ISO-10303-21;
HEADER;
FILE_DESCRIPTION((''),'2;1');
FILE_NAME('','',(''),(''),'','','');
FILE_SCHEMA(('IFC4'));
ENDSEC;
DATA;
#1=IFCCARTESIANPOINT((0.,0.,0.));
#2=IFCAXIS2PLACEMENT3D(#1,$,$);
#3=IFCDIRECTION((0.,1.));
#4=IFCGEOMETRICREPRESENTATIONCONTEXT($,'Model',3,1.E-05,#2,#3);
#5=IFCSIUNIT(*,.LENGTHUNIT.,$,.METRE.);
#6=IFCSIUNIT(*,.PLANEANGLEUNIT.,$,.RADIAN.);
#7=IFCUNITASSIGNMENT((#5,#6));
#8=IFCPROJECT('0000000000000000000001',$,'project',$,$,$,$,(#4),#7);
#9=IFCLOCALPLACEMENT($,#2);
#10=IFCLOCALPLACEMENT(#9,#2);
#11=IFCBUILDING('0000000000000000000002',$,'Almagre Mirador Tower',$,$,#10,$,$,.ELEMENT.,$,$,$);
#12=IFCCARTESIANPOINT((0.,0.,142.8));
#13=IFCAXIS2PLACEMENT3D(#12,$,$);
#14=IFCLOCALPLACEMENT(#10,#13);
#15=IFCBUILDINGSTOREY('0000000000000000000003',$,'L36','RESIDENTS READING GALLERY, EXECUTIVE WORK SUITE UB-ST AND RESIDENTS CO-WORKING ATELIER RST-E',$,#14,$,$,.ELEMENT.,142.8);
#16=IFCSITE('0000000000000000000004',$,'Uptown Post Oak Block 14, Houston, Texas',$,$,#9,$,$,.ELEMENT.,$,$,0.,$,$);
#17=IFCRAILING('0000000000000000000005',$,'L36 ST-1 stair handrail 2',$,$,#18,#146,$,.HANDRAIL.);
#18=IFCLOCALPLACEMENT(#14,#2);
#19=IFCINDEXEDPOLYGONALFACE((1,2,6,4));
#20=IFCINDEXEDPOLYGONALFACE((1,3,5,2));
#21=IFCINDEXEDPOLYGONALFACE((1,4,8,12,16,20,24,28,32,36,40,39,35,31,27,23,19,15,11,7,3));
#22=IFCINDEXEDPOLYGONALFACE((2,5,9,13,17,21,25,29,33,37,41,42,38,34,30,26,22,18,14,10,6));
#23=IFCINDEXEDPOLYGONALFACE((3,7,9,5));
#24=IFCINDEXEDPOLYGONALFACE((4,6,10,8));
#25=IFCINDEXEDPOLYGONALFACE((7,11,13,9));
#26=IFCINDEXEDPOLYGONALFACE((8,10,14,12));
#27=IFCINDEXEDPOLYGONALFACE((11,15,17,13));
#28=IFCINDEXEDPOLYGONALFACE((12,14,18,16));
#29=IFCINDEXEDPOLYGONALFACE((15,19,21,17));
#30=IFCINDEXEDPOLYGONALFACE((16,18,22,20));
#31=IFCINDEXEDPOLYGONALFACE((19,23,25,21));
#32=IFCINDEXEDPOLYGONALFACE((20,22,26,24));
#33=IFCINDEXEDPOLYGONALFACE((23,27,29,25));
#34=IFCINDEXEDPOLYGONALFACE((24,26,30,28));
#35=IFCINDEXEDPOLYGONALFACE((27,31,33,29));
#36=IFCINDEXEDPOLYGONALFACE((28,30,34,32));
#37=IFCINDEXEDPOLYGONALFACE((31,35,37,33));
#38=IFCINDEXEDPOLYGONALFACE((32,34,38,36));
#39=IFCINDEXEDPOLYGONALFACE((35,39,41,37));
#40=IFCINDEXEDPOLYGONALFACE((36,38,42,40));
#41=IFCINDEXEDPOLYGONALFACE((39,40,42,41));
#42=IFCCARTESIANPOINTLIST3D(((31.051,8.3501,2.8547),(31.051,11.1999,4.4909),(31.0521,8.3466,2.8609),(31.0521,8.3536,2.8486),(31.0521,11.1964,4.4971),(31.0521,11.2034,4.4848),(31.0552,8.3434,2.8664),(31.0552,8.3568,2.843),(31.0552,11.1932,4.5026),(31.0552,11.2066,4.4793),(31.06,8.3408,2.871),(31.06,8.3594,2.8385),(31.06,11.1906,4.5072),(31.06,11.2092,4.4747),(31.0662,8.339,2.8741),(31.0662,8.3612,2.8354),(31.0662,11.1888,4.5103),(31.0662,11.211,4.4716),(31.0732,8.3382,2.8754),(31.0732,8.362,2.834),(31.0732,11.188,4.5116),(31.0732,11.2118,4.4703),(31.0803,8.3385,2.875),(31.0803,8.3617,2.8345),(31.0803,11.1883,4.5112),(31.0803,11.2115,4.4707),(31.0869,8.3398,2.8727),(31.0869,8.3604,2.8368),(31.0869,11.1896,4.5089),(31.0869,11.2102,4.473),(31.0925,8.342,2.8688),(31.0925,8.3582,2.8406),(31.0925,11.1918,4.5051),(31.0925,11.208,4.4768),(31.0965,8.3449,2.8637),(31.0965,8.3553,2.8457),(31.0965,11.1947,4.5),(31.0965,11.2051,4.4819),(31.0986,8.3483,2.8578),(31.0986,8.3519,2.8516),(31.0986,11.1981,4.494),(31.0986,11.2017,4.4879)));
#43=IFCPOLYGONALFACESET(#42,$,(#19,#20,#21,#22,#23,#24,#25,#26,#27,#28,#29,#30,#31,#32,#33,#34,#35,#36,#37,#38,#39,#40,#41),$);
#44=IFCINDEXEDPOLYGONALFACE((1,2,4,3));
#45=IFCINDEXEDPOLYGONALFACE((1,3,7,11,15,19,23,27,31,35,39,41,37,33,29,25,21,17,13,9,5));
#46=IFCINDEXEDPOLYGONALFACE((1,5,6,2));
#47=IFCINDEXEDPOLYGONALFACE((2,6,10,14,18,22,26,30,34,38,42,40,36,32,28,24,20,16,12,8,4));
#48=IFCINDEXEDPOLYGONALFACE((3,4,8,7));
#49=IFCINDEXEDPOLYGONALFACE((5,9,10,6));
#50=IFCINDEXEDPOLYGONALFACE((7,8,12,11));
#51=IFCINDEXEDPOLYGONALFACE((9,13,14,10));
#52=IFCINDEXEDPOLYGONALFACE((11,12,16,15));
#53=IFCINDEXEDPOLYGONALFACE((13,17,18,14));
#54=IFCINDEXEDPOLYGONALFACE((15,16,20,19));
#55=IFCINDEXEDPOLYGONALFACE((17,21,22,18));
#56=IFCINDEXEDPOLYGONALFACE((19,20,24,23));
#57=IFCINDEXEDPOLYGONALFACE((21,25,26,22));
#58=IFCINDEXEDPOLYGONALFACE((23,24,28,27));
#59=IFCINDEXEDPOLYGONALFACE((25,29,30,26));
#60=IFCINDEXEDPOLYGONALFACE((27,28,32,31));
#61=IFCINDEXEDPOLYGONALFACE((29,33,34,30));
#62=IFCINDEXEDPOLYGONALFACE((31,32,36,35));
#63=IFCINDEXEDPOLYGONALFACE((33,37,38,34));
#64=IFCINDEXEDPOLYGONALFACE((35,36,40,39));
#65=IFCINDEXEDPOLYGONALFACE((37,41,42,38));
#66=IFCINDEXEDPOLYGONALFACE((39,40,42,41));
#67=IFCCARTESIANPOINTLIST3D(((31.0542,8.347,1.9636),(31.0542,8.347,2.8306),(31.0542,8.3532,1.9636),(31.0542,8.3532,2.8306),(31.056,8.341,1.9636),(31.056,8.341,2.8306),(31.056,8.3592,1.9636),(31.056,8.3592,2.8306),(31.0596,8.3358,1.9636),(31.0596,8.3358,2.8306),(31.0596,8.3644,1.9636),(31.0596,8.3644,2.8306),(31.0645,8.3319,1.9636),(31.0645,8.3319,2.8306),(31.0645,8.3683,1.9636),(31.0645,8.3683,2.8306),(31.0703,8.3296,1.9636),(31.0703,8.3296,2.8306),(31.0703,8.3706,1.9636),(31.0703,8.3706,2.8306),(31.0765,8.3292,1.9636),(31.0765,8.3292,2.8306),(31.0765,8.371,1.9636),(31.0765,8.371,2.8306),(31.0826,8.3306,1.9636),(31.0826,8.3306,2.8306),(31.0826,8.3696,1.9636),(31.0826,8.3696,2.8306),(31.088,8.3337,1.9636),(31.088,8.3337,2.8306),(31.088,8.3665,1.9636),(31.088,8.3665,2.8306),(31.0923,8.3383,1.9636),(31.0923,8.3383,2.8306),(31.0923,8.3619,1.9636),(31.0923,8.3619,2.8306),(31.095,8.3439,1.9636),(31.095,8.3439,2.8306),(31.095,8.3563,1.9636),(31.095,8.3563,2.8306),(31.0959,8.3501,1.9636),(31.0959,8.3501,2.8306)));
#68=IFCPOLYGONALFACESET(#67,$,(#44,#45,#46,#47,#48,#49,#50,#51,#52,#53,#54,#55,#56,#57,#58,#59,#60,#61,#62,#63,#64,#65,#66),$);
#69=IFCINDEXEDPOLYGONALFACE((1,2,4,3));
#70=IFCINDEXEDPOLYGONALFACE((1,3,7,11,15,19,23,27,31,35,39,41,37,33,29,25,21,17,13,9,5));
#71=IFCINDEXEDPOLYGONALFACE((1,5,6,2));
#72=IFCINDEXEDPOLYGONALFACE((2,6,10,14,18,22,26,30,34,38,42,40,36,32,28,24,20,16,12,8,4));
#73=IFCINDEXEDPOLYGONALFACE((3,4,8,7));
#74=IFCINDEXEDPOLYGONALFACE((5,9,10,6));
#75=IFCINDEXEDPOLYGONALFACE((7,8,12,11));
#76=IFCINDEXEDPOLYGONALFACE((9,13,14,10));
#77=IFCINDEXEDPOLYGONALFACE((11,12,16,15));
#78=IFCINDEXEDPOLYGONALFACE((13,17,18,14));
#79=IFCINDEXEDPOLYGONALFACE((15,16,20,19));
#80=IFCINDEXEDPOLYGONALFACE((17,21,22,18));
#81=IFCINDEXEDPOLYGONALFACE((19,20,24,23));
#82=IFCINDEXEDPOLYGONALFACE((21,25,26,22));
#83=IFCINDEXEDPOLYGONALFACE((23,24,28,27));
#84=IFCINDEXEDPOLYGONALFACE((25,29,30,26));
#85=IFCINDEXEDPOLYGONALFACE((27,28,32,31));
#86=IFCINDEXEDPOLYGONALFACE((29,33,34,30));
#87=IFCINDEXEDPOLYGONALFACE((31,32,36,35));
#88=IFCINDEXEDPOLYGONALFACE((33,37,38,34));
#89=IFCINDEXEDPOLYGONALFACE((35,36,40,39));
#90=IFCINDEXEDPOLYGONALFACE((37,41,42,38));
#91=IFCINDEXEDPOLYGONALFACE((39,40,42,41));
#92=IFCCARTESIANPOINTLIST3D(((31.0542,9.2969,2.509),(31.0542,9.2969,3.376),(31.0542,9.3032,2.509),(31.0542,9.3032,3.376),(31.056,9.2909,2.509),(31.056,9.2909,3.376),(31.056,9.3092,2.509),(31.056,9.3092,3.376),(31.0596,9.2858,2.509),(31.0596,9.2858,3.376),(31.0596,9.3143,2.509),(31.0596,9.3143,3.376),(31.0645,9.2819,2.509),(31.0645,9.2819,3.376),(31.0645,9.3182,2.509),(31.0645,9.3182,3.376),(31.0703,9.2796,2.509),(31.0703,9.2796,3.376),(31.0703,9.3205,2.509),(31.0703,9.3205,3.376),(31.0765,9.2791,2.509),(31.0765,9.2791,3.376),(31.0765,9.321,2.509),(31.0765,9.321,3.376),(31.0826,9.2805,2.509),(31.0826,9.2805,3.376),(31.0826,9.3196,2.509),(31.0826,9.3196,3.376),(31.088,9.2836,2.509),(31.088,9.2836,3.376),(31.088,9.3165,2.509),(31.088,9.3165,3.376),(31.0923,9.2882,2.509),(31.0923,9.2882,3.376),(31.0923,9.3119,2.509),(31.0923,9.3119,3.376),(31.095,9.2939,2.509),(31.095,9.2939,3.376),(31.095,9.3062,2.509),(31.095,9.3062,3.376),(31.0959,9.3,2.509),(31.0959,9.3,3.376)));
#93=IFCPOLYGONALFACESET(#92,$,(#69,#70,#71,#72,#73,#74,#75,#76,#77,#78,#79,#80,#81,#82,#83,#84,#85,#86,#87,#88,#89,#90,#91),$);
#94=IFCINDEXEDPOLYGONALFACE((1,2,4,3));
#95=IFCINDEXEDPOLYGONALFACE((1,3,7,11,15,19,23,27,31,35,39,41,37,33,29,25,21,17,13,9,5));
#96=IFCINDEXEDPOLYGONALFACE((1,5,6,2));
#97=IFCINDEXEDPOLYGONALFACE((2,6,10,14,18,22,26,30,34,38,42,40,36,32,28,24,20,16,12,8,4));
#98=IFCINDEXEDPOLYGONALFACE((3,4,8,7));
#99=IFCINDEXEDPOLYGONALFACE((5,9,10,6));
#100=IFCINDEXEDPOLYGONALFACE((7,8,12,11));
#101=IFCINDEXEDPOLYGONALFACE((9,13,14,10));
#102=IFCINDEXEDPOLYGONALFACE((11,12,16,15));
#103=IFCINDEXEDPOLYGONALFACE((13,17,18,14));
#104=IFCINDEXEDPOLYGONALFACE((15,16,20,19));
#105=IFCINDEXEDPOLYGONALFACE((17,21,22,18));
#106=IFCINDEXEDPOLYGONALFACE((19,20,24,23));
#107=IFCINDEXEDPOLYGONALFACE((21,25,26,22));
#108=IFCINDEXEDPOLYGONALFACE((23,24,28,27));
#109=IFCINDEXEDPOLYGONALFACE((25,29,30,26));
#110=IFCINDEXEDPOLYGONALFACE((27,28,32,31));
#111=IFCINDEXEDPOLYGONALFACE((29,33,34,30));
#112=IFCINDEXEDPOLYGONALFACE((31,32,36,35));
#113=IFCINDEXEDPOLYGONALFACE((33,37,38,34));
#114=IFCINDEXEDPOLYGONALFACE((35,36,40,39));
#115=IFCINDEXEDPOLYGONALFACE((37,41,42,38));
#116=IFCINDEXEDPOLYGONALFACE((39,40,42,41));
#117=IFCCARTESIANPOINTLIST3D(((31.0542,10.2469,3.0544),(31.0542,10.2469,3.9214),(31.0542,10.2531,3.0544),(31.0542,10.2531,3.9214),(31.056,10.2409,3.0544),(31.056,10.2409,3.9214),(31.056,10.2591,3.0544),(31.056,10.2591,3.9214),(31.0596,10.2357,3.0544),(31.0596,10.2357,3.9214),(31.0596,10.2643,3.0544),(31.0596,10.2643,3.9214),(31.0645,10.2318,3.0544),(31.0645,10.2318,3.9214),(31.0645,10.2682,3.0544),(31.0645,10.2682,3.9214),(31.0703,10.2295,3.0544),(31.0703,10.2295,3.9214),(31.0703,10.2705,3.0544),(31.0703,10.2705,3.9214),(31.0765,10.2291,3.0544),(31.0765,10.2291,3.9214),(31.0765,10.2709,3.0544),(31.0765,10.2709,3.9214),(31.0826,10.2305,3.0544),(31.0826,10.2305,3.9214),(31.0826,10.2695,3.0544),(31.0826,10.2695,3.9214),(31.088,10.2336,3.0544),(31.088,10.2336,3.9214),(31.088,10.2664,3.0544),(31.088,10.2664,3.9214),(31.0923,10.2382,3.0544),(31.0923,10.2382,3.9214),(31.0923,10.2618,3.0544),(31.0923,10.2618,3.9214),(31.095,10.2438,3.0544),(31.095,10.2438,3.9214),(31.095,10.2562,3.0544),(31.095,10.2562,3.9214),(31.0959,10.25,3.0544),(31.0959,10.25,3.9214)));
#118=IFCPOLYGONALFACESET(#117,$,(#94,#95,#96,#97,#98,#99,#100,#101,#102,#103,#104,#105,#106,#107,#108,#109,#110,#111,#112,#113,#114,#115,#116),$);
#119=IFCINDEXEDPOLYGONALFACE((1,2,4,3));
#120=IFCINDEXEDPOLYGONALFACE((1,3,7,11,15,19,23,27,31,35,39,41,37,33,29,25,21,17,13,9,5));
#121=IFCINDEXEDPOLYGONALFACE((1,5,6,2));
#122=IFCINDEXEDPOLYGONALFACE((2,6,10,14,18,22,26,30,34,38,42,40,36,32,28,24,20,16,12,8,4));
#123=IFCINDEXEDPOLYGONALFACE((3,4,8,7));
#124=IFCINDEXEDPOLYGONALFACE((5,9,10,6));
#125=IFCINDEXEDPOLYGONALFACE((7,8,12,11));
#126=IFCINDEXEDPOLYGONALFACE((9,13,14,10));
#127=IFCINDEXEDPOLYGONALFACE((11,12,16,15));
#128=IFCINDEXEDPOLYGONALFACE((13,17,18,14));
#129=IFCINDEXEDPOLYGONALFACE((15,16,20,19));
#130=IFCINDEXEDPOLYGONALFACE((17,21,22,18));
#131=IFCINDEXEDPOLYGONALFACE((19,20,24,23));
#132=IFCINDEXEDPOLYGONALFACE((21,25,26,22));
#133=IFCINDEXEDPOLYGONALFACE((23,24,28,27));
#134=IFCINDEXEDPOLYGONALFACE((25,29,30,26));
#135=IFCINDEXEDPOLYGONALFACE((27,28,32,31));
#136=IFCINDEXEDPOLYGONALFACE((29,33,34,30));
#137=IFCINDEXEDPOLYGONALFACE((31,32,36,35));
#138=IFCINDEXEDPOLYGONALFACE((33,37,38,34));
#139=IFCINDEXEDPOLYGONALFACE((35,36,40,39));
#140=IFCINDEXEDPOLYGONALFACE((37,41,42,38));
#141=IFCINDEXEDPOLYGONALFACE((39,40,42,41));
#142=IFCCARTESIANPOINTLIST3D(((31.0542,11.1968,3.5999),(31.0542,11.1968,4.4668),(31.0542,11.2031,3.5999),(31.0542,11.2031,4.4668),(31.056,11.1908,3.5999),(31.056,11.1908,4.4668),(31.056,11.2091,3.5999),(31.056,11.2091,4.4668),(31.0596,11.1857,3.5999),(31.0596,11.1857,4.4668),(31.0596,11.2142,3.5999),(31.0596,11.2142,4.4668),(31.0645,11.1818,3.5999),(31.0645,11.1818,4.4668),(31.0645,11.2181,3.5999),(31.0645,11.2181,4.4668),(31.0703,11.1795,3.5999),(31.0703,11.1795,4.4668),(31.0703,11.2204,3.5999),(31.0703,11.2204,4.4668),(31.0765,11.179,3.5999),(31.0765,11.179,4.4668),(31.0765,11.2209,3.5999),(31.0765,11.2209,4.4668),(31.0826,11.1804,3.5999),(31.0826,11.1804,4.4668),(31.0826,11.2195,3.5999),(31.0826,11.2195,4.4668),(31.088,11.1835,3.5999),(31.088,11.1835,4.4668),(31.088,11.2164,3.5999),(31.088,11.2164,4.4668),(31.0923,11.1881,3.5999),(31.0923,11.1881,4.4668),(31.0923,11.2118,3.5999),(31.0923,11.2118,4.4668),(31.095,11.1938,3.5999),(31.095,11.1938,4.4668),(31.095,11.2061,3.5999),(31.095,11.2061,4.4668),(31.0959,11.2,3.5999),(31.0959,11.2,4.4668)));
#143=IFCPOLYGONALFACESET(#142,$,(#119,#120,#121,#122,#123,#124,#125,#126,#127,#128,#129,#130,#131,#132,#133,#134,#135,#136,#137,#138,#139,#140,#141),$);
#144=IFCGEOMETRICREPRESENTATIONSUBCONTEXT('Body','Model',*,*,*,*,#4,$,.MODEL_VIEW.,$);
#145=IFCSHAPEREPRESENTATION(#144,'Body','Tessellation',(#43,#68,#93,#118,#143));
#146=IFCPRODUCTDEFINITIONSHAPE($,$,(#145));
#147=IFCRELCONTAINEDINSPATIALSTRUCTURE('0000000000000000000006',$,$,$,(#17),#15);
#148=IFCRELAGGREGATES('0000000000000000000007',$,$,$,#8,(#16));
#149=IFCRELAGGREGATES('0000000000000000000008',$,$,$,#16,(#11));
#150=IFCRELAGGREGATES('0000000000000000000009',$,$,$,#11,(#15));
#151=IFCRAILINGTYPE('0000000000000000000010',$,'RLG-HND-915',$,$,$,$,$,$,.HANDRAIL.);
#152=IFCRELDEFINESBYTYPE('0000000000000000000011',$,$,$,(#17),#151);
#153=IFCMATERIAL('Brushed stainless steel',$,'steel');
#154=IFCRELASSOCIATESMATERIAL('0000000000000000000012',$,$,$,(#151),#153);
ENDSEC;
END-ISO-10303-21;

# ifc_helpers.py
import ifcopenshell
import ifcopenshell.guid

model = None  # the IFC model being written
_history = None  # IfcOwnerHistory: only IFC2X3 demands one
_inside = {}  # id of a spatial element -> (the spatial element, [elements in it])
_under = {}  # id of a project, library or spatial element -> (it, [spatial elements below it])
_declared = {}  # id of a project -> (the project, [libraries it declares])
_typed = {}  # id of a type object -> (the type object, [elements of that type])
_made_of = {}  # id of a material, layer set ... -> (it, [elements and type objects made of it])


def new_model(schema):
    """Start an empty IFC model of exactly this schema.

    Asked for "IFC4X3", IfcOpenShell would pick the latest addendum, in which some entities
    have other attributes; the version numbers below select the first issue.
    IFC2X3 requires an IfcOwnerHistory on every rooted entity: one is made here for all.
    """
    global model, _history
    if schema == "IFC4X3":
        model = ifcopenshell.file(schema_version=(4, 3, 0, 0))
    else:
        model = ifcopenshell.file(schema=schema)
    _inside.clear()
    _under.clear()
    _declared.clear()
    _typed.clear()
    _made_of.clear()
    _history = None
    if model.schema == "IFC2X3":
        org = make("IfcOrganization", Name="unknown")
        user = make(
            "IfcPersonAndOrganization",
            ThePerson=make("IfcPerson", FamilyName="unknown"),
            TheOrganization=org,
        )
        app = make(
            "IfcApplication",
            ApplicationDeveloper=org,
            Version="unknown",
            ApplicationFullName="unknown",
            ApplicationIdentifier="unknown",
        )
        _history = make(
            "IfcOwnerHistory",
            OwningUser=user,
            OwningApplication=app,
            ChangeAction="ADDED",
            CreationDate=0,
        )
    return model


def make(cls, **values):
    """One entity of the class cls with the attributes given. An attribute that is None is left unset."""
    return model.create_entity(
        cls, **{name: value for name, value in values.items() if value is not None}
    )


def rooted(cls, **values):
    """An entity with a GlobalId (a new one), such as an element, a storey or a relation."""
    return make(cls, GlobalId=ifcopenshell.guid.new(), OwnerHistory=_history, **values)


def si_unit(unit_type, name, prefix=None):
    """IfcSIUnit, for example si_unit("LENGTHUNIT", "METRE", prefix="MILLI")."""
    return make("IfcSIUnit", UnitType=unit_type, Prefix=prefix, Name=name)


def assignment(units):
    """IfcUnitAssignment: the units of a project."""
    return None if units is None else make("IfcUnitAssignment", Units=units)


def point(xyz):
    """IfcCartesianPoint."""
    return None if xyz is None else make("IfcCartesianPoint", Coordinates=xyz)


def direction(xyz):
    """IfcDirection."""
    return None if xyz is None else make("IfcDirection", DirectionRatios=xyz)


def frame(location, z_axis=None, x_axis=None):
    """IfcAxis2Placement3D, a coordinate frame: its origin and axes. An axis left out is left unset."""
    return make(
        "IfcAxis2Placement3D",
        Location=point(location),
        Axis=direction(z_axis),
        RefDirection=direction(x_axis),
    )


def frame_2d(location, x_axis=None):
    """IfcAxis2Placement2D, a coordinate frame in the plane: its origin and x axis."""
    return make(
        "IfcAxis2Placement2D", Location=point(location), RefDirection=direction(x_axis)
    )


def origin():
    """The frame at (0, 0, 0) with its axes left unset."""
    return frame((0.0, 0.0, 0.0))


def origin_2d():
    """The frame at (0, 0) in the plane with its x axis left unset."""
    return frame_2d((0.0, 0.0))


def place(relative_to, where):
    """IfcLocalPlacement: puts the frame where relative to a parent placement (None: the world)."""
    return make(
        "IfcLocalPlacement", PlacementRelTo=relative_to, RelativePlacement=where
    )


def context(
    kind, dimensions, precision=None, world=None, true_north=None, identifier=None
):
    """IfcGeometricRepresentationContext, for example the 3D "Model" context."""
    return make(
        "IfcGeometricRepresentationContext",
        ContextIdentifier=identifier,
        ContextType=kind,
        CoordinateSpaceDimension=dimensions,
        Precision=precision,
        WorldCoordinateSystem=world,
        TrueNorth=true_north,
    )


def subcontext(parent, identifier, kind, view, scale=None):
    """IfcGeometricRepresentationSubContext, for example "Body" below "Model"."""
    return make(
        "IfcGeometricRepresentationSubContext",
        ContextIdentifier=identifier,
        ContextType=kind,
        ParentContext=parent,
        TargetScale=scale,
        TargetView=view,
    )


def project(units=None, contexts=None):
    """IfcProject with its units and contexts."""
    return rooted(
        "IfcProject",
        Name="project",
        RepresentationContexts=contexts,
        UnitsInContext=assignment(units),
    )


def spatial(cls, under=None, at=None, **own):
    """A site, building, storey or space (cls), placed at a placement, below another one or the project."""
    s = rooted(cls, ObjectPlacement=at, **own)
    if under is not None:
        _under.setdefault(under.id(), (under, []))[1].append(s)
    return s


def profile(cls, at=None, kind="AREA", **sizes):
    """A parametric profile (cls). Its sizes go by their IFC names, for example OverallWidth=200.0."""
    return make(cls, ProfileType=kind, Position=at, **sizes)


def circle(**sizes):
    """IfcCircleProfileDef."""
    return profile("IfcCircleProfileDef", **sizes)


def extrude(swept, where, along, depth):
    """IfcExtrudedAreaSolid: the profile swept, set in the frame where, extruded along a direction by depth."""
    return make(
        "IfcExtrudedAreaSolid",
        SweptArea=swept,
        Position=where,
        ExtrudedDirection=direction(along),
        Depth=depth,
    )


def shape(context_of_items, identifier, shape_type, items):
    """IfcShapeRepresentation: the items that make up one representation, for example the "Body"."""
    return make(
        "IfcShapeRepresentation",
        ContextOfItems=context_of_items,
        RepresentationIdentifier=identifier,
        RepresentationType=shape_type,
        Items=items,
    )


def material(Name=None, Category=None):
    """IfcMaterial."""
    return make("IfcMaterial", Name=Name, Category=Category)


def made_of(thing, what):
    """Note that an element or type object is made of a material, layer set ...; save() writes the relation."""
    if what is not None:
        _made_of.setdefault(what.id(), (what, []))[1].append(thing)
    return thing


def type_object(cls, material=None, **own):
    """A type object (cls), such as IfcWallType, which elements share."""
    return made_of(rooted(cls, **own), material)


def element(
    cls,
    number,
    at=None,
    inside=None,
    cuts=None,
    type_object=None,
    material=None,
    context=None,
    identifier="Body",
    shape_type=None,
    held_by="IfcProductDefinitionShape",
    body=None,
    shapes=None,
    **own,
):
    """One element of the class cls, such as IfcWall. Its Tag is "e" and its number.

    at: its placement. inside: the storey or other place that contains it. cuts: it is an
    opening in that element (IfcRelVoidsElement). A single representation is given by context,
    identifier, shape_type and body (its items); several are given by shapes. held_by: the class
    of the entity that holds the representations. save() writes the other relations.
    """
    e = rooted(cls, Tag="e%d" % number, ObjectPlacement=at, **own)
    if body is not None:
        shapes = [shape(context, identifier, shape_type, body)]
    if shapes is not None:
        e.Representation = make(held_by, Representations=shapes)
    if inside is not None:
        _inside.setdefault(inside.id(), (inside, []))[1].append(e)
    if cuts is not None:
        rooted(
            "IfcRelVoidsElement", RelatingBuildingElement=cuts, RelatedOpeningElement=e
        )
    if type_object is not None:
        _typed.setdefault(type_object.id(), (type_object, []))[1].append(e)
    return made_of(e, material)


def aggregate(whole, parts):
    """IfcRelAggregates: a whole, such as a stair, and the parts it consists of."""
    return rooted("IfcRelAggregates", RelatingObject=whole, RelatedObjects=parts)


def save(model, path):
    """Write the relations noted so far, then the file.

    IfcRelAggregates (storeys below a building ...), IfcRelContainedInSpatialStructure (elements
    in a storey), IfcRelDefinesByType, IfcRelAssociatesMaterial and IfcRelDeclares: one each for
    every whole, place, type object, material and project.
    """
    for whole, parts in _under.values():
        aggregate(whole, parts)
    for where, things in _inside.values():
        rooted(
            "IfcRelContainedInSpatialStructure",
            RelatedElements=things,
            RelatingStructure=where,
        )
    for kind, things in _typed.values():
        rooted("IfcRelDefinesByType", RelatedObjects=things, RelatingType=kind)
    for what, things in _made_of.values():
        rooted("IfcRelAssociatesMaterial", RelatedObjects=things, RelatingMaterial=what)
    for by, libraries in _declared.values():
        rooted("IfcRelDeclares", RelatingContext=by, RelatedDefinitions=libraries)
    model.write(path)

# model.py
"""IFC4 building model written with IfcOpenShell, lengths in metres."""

from ifc_helpers import new_model, si_unit, direction, frame, origin, origin_2d, place, context, subcontext, project, spatial, circle, extrude, material, type_object, element, save


model = new_model("IFC4")

# Units and contexts
model_context = context("Model", 3, precision=1e-05, world=origin(), true_north=direction((0.0, 1.0)))
body_context = subcontext(model_context, "Body", "Model", "MODEL_VIEW")
ifc_project = project(units=[si_unit("LENGTHUNIT", "METRE"), si_unit("PLANEANGLEUNIT", "RADIAN")], contexts=[model_context])

# Site, building, storey
site_placement = place(None, origin())
site = spatial("IfcSite", under=ifc_project, at=site_placement, Name="Uptown Post Oak Block 14, Houston, Texas", CompositionType="ELEMENT", RefElevation=0.0)
building_placement = place(site_placement, origin())
building = spatial("IfcBuilding", under=site, at=building_placement, Name="Almagre Mirador Tower", CompositionType="ELEMENT")
storey_placement = place(building_placement, frame((0.0, 0.0, 142.8)))
storey = spatial("IfcBuildingStorey", under=building, at=storey_placement, Name="L36", Description="RESIDENTS READING GALLERY, EXECUTIVE WORK SUITE UB-ST AND RESIDENTS CO-WORKING ATELIER RST-E", CompositionType="ELEMENT", Elevation=142.8)

# Railing
ifc_material_1 = material(Name="Brushed stainless steel", Category="steel")
railing_type_1 = type_object("IfcRailingType", Name="RLG-HND-915", PredefinedType="HANDRAIL", material=ifc_material_1)
railing_1_placement = place(storey_placement, frame((31.075, 8.3501, 1.9636)))
element("IfcRailing", 1, at=railing_1_placement, inside=storey, type_object=railing_type_1, Name="L36 ST-1 stair handrail 2", PredefinedType="HANDRAIL", context=body_context, shape_type="SweptSolid", body=[
    extrude(circle(Radius=0.0239, at=origin_2d()), frame((0.0, 0.0, 0.8911), z_axis=(0.0, 0.867226, 0.497914), x_axis=(-1.0, 0.0, 0.0)), (0.0, 0.0, 1.0), 3.2861),
    extrude(circle(Radius=0.021, at=origin_2d()), origin(), (0.0, 0.0, 1.0), 0.8669),
    extrude(circle(Radius=0.021, at=origin_2d()), frame((0.0, 0.95, 0.5454)), (0.0, 0.0, 1.0), 0.8669),
    extrude(circle(Radius=0.021, at=origin_2d()), frame((0.0, 1.8999, 1.0908)), (0.0, 0.0, 1.0), 0.8669),
    extrude(circle(Radius=0.021, at=origin_2d()), frame((0.0, 2.8499, 1.6362)), (0.0, 0.0, 1.0), 0.8669),
])

save(model, "model.ifc")
